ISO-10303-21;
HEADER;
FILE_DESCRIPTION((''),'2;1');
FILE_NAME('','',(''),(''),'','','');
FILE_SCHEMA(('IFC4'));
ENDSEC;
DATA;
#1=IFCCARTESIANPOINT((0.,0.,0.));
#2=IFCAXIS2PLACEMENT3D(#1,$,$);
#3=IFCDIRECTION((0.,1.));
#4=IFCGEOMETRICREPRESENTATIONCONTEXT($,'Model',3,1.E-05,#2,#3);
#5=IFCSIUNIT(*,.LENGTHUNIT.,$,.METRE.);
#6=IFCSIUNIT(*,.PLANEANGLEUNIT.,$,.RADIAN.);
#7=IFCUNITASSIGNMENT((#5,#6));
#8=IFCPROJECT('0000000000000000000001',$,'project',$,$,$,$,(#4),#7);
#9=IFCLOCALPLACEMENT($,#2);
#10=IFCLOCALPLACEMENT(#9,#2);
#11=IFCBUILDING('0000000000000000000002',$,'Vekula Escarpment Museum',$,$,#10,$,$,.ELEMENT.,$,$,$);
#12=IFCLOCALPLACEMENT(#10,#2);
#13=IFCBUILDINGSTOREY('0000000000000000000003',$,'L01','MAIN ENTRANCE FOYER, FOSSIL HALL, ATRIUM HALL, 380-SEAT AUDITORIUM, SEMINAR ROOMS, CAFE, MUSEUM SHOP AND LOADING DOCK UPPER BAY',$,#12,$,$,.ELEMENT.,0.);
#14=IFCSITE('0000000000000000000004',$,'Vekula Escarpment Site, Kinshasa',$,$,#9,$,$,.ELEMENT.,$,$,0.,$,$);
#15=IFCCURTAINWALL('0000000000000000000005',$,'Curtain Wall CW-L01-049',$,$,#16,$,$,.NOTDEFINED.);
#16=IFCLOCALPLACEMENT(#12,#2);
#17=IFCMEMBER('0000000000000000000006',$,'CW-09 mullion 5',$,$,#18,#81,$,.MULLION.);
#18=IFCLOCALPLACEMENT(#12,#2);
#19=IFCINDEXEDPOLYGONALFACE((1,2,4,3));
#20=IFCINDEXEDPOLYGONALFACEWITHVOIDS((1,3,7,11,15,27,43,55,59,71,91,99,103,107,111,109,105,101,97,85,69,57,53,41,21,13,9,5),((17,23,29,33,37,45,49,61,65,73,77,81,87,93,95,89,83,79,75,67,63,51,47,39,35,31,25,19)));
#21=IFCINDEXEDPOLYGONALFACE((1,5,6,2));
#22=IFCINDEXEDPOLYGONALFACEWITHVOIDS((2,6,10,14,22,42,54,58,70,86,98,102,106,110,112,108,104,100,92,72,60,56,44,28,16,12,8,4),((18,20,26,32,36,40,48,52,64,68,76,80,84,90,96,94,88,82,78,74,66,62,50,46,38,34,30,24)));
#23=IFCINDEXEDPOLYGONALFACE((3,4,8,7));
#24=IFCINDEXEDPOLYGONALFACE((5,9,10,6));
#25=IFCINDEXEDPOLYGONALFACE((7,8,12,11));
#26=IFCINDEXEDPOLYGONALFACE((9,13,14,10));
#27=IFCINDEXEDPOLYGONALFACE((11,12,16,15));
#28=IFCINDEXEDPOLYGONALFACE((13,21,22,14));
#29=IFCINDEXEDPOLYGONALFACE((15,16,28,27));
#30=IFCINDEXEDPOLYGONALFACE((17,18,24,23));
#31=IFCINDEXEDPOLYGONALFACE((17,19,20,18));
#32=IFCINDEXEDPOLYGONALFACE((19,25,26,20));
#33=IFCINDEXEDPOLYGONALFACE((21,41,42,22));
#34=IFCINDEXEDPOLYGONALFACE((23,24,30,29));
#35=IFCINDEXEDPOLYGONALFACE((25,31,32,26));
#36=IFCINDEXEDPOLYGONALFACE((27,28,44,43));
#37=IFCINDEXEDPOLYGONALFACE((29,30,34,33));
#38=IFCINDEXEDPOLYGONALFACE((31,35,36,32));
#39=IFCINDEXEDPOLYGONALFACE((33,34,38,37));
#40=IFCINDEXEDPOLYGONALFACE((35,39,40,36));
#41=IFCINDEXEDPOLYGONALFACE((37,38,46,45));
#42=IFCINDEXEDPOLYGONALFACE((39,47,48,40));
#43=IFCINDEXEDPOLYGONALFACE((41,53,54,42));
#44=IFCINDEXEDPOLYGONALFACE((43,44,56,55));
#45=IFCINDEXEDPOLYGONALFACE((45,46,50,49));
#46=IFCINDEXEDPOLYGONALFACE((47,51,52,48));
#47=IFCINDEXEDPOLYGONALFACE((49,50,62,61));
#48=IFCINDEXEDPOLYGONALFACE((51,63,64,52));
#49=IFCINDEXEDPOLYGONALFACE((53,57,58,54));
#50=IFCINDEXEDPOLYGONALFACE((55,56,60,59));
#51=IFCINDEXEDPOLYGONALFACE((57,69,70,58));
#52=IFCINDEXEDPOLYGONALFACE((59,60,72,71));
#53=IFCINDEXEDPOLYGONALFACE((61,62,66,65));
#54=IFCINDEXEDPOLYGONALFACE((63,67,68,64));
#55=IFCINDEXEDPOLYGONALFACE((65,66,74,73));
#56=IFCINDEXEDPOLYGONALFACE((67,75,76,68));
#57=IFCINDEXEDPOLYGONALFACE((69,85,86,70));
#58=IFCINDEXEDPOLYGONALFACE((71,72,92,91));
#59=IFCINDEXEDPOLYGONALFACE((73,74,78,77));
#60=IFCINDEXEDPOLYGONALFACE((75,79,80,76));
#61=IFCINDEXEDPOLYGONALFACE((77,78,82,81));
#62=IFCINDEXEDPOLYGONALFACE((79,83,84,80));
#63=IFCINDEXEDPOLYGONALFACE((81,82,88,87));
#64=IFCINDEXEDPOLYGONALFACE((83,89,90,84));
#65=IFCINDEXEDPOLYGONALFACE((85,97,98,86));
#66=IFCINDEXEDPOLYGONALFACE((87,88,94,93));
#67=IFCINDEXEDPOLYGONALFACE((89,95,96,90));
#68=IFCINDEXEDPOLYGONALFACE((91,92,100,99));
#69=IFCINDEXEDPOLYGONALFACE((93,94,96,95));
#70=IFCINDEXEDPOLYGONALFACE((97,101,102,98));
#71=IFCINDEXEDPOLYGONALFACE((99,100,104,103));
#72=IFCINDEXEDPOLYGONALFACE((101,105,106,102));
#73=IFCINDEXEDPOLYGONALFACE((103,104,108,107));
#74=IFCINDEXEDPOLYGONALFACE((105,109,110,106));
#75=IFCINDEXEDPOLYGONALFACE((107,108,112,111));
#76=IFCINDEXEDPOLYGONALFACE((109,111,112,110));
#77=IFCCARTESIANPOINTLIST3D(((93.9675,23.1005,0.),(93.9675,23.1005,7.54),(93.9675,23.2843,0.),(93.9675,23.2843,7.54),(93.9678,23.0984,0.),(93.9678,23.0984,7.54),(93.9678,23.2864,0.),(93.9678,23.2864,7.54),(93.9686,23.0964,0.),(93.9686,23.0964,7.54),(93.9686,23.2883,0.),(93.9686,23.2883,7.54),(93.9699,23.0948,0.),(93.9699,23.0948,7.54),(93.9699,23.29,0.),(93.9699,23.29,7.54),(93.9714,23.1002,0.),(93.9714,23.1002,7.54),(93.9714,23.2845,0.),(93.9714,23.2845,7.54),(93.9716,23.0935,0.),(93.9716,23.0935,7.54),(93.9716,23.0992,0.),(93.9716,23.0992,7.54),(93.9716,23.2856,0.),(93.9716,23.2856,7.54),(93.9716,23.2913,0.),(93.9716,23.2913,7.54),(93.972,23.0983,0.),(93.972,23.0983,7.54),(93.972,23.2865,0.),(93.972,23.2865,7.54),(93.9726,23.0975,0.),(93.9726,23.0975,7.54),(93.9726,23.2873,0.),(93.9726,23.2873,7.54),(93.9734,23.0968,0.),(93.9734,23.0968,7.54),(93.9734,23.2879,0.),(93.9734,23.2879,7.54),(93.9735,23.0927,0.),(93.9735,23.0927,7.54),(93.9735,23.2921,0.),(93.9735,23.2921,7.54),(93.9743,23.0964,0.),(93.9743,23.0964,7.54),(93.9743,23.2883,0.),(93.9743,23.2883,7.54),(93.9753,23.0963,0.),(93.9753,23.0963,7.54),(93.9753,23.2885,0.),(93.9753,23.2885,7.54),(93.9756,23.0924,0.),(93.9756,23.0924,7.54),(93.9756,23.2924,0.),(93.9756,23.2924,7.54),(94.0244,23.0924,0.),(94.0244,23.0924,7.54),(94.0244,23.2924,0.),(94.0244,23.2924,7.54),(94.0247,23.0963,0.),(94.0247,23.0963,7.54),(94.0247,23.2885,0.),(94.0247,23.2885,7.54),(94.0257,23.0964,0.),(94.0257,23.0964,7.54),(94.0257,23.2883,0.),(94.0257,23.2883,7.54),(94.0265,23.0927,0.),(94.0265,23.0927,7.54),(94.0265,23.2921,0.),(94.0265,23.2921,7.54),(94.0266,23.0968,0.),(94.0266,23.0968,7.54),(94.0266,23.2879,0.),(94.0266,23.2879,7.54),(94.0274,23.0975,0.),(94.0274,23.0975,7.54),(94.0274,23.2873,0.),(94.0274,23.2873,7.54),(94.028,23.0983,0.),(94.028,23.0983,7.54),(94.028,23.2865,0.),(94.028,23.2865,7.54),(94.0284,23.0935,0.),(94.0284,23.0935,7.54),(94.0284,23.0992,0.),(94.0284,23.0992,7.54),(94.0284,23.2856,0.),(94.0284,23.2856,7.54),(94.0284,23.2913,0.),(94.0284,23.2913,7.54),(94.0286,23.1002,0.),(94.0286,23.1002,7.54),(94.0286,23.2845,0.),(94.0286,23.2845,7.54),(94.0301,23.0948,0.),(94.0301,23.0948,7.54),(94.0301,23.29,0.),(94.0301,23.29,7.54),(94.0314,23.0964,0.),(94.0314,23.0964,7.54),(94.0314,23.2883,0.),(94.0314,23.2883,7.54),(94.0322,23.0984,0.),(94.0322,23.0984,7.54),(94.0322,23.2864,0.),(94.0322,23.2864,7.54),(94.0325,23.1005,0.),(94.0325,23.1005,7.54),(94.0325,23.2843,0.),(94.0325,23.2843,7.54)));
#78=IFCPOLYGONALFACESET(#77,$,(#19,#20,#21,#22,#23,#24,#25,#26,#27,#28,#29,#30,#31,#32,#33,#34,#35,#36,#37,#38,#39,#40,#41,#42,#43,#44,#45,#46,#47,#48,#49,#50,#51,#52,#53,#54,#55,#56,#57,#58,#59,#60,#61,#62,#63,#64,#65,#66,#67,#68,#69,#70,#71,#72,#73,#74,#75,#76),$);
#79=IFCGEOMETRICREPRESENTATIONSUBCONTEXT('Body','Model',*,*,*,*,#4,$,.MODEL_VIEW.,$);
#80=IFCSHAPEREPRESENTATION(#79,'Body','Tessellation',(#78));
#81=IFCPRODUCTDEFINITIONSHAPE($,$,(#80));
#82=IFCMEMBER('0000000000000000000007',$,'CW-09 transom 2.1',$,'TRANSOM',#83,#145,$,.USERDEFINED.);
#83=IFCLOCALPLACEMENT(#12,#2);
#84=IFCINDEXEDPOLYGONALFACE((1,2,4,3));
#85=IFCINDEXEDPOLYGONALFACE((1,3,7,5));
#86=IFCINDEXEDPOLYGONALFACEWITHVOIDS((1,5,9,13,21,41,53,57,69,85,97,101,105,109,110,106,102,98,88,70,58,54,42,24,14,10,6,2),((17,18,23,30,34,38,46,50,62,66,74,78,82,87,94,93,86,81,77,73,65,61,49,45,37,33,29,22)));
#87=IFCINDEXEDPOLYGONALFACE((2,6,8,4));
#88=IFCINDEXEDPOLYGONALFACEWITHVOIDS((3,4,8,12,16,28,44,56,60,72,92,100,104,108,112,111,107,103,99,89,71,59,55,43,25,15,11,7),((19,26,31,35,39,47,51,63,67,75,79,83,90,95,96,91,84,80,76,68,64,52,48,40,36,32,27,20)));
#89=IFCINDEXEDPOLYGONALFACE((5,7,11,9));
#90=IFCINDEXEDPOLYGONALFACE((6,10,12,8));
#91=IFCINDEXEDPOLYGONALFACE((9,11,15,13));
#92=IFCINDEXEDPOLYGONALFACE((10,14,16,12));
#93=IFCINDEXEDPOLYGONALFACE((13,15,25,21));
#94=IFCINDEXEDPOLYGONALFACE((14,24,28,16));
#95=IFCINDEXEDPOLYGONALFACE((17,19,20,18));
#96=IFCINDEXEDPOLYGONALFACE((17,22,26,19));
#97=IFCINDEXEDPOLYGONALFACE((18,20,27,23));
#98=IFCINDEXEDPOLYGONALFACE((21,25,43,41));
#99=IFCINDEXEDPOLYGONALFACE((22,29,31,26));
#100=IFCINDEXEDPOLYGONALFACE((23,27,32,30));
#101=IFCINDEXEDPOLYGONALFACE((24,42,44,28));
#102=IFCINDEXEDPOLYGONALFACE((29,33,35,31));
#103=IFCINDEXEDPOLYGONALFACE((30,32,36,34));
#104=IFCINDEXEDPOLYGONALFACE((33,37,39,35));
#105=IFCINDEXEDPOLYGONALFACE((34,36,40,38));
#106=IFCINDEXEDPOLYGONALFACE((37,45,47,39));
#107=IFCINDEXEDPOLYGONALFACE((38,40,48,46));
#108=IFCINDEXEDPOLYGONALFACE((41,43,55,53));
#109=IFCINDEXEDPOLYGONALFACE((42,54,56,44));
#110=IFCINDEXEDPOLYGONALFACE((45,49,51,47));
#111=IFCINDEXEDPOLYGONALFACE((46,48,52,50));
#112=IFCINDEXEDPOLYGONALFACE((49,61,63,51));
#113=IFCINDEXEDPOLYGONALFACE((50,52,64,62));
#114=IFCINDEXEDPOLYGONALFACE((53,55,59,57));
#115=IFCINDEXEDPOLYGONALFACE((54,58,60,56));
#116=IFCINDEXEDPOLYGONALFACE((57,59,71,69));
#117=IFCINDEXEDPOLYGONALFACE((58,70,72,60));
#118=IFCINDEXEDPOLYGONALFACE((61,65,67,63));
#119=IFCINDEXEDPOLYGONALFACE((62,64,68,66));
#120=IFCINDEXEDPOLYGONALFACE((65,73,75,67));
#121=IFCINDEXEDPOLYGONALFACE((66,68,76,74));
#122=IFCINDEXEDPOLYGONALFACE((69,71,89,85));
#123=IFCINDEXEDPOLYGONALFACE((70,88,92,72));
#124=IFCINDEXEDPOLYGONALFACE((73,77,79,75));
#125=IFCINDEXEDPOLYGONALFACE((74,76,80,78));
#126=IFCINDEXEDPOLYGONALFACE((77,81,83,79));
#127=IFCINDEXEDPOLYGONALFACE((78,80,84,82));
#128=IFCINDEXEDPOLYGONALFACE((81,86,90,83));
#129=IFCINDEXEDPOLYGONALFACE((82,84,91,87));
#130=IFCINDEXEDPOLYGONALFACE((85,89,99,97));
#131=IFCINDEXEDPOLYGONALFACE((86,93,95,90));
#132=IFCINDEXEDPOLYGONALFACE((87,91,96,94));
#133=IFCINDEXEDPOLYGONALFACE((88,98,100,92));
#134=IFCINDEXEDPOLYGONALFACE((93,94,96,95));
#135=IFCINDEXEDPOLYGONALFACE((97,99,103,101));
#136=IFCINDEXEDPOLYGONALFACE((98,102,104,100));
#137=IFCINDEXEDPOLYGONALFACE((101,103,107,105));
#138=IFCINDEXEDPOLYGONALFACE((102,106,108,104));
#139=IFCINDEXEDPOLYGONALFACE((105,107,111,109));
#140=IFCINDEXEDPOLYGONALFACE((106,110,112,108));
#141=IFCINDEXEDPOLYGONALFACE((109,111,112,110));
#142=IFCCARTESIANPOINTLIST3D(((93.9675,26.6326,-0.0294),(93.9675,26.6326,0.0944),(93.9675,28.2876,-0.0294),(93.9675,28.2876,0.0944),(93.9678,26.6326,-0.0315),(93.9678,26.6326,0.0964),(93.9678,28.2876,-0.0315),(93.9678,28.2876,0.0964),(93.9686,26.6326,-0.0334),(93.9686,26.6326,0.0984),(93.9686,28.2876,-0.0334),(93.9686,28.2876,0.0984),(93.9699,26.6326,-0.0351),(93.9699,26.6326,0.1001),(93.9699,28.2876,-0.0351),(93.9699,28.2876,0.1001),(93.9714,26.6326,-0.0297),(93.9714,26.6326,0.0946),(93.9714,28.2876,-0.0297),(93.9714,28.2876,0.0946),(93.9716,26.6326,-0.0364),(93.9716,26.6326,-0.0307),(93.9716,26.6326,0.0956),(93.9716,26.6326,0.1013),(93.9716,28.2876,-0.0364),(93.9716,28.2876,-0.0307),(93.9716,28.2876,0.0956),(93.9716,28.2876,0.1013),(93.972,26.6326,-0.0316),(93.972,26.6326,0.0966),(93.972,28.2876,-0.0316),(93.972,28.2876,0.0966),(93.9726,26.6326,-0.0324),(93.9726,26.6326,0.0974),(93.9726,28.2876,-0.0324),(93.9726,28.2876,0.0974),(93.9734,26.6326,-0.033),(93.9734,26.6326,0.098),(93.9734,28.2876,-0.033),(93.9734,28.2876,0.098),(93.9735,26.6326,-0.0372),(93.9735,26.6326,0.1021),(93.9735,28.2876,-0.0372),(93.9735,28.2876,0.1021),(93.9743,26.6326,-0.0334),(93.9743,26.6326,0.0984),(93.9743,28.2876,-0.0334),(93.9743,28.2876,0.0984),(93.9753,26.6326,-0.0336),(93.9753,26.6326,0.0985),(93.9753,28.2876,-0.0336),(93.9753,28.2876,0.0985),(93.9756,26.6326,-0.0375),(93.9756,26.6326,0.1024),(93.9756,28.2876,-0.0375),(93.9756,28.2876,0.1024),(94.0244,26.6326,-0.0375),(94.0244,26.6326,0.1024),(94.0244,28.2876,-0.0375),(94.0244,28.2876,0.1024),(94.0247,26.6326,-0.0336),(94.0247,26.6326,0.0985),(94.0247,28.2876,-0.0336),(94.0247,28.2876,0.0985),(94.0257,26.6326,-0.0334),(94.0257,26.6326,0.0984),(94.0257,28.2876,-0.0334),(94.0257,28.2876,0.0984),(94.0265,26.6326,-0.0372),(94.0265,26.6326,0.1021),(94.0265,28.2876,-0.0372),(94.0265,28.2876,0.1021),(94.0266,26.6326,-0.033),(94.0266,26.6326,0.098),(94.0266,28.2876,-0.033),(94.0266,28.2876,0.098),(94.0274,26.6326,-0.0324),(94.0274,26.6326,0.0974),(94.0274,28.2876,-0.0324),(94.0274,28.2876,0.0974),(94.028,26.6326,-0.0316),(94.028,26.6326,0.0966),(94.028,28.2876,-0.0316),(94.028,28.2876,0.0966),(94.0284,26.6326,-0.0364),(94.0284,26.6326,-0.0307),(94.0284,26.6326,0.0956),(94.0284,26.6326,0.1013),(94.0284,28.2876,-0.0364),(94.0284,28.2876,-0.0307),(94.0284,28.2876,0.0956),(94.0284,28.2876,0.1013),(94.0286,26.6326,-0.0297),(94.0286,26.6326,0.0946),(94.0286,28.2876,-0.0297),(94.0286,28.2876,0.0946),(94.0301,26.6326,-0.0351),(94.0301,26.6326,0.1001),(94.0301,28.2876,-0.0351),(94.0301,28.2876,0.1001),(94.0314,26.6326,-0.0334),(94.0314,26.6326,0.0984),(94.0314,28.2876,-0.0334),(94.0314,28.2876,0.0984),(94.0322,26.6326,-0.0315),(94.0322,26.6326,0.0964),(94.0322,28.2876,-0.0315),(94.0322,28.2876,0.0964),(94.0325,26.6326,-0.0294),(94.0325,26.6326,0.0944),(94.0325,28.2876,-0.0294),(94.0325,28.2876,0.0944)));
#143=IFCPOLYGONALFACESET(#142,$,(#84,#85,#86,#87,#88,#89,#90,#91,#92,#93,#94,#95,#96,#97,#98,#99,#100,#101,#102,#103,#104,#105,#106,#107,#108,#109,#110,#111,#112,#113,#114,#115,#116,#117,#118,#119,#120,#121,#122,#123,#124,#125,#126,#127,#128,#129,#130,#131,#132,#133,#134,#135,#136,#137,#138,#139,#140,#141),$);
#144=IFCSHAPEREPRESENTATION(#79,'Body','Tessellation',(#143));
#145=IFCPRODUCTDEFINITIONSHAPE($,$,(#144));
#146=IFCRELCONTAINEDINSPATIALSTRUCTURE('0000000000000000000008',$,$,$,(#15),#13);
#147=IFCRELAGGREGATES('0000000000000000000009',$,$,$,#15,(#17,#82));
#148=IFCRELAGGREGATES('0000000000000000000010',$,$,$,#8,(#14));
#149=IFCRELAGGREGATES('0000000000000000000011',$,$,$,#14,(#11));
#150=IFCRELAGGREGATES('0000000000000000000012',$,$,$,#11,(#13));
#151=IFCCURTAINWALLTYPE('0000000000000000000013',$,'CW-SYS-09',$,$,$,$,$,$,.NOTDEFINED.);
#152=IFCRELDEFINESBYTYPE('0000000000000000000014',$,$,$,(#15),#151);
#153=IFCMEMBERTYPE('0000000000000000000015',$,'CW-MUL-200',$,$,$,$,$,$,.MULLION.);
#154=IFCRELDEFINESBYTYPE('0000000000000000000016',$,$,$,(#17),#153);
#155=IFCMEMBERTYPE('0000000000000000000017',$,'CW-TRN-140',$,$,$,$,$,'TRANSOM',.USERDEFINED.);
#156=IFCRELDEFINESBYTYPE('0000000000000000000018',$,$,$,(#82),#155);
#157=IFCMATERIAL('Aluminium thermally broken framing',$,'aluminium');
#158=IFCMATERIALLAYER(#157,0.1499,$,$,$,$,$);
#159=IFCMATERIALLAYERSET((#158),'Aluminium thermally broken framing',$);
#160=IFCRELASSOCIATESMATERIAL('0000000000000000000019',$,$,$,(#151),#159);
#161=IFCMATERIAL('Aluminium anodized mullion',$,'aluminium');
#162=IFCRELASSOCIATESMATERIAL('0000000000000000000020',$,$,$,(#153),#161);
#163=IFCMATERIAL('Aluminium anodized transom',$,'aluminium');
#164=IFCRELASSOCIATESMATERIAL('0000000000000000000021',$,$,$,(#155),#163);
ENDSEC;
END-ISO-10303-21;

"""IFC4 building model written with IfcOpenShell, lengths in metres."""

from ifc_helpers import new_model, si_unit, direction, frame, origin, origin_2d, place, context, subcontext, project, spatial, hollow_rectangle, extrude, material, layer, layer_set, material_profile, profile_set, type_object, element, aggregate, save


model = new_model("IFC4")

# Units and contexts
model_context = context("Model", 3, precision=1e-05, world=origin(), true_north=direction((0.0, 1.0)))
body_context = subcontext(model_context, "Body", "Model", "MODEL_VIEW")
ifc_project = project(units=[si_unit("LENGTHUNIT", "METRE"), si_unit("PLANEANGLEUNIT", "RADIAN")], contexts=[model_context])

# Site, building, storey
site_placement = place(None, origin())
site = spatial("IfcSite", under=ifc_project, at=site_placement, Name="Vekula Escarpment Site, Kinshasa", CompositionType="ELEMENT", RefElevation=0.0)
building_placement = place(site_placement, origin())
building = spatial("IfcBuilding", under=site, at=building_placement, Name="Vekula Escarpment Museum", CompositionType="ELEMENT")
storey_placement = place(building_placement, origin())
storey = spatial("IfcBuildingStorey", under=building, at=storey_placement, Name="L01", Description="MAIN ENTRANCE FOYER, FOSSIL HALL, ATRIUM HALL, 380-SEAT AUDITORIUM, SEMINAR ROOMS, CAFE, MUSEUM SHOP AND LOADING DOCK UPPER BAY", CompositionType="ELEMENT", Elevation=0.0)

# Curtain wall, members
ifc_material_1 = material(Name="Aluminium thermally broken framing", Category="aluminium")
ifc_layer_1 = layer(ifc_material_1, 0.1499)
ifc_layer_set_1 = layer_set([ifc_layer_1], Name="Aluminium thermally broken framing")
curtain_wall_type = type_object("IfcCurtainWallType", Name="CW-SYS-09", PredefinedType="NOTDEFINED", material=ifc_layer_set_1)
curtain_wall_placement = place(storey_placement, origin())
curtain_wall = element("IfcCurtainWall", 1, at=curtain_wall_placement, inside=storey, type_object=curtain_wall_type, Name="Curtain Wall CW-L01-049", PredefinedType="NOTDEFINED")
ifc_material_2 = material(Name="Aluminium anodized mullion", Category="aluminium")
ifc_material_profile_1 = material_profile(ifc_material_2, hollow_rectangle(XDim=0.0649, YDim=0.2, WallThickness=0.0039, InnerFilletRadius=0.0039, OuterFilletRadius=0.0081, at=origin_2d()), Name="ALU 200x65x4")
ifc_profile_set_1 = profile_set([ifc_material_profile_1], Name="Aluminium anodized mullion")
member_type_1 = type_object("IfcMemberType", Name="CW-MUL-200", PredefinedType="MULLION", material=ifc_profile_set_1)
member_1_placement = place(storey_placement, frame((94.0, 23.1924, 0.0), z_axis=(0.0, 0.0, 1.0), x_axis=(1.0, 0.0, 0.0)))
member_1 = element("IfcMember", 2, at=member_1_placement, type_object=member_type_1, Name="CW-09 mullion 5", PredefinedType="MULLION", context=body_context, shape_type="SweptSolid", body=[
    extrude(hollow_rectangle(XDim=0.0649, YDim=0.2, WallThickness=0.0039, InnerFilletRadius=0.0039, OuterFilletRadius=0.0081, at=origin_2d()), origin(), (0.0, 0.0, 1.0), 7.54),
])
ifc_material_3 = material(Name="Aluminium anodized transom", Category="aluminium")
ifc_material_profile_2 = material_profile(ifc_material_3, hollow_rectangle(XDim=0.0649, YDim=0.1399, WallThickness=0.0039, InnerFilletRadius=0.0039, OuterFilletRadius=0.0081, at=origin_2d()), Name="ALU 140x65x4")
ifc_profile_set_2 = profile_set([ifc_material_profile_2], Name="Aluminium anodized transom")
member_type_2 = type_object("IfcMemberType", Name="CW-TRN-140", ElementType="TRANSOM", PredefinedType="USERDEFINED", material=ifc_profile_set_2)
member_2_placement = place(storey_placement, frame((94.0, 28.2876, 0.0325), z_axis=(0.0, -1.0, 0.0), x_axis=(1.0, 0.0, 0.0)))
member_2 = element("IfcMember", 3, at=member_2_placement, type_object=member_type_2, Name="CW-09 transom 2.1", ObjectType="TRANSOM", PredefinedType="USERDEFINED", context=body_context, shape_type="SweptSolid", body=[
    extrude(hollow_rectangle(XDim=0.0649, YDim=0.1399, WallThickness=0.0039, InnerFilletRadius=0.0039, OuterFilletRadius=0.0081, at=origin_2d()), origin(), (0.0, 0.0, 1.0), 1.655),
])
aggregate(curtain_wall, [member_1, member_2])

save(model, "model.ifc")
